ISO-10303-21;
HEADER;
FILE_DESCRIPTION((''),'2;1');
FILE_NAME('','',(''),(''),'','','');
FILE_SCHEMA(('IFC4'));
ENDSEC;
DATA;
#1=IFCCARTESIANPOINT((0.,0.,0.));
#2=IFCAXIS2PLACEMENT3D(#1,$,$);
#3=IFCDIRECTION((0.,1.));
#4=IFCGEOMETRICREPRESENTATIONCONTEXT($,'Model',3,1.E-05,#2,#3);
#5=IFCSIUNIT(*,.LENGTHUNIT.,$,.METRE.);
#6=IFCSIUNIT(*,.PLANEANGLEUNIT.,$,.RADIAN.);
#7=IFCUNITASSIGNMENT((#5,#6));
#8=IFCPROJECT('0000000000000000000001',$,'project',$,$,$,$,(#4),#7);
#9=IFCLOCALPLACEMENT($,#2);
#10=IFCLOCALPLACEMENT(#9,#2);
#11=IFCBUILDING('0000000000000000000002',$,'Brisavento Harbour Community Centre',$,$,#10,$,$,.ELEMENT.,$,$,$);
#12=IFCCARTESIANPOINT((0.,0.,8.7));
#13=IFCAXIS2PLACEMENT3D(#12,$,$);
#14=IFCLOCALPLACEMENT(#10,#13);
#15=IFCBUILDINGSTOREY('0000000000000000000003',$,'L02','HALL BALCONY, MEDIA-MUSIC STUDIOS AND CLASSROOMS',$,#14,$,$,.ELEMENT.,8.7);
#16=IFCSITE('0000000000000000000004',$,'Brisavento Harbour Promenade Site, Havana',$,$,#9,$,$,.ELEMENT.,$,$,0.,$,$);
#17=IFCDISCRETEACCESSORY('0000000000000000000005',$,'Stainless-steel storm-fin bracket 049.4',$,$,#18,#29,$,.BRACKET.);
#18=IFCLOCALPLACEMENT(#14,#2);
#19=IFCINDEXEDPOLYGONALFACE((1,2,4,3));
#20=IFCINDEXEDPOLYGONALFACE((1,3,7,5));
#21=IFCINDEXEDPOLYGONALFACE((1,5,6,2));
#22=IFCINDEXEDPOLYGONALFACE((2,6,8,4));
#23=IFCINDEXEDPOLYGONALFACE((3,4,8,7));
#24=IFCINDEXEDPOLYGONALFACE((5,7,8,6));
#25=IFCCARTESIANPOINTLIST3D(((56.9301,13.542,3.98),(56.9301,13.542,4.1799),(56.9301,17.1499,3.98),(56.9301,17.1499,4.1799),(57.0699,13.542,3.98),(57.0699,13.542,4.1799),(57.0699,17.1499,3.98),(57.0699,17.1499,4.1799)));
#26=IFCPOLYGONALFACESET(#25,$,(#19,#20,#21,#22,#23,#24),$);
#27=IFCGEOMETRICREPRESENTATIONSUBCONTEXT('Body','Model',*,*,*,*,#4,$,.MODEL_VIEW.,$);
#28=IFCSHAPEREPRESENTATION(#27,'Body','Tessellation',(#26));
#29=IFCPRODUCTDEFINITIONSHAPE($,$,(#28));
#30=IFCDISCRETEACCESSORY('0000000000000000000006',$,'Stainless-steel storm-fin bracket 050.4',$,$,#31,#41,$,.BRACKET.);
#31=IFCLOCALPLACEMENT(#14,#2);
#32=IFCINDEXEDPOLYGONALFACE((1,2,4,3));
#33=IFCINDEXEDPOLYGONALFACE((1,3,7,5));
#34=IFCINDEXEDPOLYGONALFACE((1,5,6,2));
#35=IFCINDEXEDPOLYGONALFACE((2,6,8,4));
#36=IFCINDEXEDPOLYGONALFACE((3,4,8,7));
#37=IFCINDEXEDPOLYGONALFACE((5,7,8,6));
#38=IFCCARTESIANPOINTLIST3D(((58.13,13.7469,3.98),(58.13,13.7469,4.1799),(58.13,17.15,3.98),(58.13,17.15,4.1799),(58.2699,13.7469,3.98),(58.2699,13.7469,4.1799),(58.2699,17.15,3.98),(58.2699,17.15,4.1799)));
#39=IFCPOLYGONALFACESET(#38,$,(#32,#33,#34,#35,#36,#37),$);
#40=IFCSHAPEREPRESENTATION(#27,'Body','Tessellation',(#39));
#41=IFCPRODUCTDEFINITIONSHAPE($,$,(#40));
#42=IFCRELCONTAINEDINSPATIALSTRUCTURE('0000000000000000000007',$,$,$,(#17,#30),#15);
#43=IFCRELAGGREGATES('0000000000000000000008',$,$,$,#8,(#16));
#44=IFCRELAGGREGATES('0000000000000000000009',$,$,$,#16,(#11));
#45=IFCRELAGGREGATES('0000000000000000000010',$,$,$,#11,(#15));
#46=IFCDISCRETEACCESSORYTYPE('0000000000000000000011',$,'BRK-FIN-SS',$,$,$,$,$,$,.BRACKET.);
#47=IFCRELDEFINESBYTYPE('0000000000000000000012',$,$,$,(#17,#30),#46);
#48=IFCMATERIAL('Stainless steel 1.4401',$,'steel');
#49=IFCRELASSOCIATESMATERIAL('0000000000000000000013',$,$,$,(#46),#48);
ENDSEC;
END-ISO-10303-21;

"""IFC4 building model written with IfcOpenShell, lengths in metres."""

from ifc_helpers import new_model, si_unit, direction, frame, origin, origin_2d, place, context, subcontext, project, spatial, rectangle, extrude, material, type_object, element, save


model = new_model("IFC4")

# Units and contexts
model_context = context("Model", 3, precision=1e-05, world=origin(), true_north=direction((0.0, 1.0)))
body_context = subcontext(model_context, "Body", "Model", "MODEL_VIEW")
ifc_project = project(units=[si_unit("LENGTHUNIT", "METRE"), si_unit("PLANEANGLEUNIT", "RADIAN")], contexts=[model_context])

# Site, building, storey
site_placement = place(None, origin())
site = spatial("IfcSite", under=ifc_project, at=site_placement, Name="Brisavento Harbour Promenade Site, Havana", CompositionType="ELEMENT", RefElevation=0.0)
building_placement = place(site_placement, origin())
building = spatial("IfcBuilding", under=site, at=building_placement, Name="Brisavento Harbour Community Centre", CompositionType="ELEMENT")
storey_placement = place(building_placement, frame((0.0, 0.0, 8.7)))
storey = spatial("IfcBuildingStorey", under=building, at=storey_placement, Name="L02", Description="HALL BALCONY, MEDIA-MUSIC STUDIOS AND CLASSROOMS", CompositionType="ELEMENT", Elevation=8.7)

# Shared definitions
ifc_material_1 = material(Name="Stainless steel 1.4401", Category="steel")

# Discrete accessories
discrete_accessory_type = type_object("IfcDiscreteAccessoryType", Name="BRK-FIN-SS", PredefinedType="BRACKET", material=ifc_material_1)
discrete_accessory_1_placement = place(storey_placement, frame((57.0, 15.3459, 3.98), z_axis=(0.0, 0.0, 1.0), x_axis=(0.0, -1.0, 0.0)))
element("IfcDiscreteAccessory", 1, at=discrete_accessory_1_placement, inside=storey, type_object=discrete_accessory_type, Name="Stainless-steel storm-fin bracket 049.4", PredefinedType="BRACKET", context=body_context, shape_type="SweptSolid", body=[
    extrude(rectangle(XDim=3.6079, YDim=0.1399, at=origin_2d()), origin(), (0.0, 0.0, 1.0), 0.2),
])
discrete_accessory_2_placement = place(storey_placement, frame((58.2, 15.4485, 3.98), z_axis=(0.0, 0.0, 1.0), x_axis=(0.0, -1.0, 0.0)))
element("IfcDiscreteAccessory", 2, at=discrete_accessory_2_placement, inside=storey, type_object=discrete_accessory_type, Name="Stainless-steel storm-fin bracket 050.4", PredefinedType="BRACKET", context=body_context, shape_type="SweptSolid", body=[
    extrude(rectangle(XDim=3.4031, YDim=0.1399, at=origin_2d()), origin(), (0.0, 0.0, 1.0), 0.2),
])

save(model, "model.ifc")
